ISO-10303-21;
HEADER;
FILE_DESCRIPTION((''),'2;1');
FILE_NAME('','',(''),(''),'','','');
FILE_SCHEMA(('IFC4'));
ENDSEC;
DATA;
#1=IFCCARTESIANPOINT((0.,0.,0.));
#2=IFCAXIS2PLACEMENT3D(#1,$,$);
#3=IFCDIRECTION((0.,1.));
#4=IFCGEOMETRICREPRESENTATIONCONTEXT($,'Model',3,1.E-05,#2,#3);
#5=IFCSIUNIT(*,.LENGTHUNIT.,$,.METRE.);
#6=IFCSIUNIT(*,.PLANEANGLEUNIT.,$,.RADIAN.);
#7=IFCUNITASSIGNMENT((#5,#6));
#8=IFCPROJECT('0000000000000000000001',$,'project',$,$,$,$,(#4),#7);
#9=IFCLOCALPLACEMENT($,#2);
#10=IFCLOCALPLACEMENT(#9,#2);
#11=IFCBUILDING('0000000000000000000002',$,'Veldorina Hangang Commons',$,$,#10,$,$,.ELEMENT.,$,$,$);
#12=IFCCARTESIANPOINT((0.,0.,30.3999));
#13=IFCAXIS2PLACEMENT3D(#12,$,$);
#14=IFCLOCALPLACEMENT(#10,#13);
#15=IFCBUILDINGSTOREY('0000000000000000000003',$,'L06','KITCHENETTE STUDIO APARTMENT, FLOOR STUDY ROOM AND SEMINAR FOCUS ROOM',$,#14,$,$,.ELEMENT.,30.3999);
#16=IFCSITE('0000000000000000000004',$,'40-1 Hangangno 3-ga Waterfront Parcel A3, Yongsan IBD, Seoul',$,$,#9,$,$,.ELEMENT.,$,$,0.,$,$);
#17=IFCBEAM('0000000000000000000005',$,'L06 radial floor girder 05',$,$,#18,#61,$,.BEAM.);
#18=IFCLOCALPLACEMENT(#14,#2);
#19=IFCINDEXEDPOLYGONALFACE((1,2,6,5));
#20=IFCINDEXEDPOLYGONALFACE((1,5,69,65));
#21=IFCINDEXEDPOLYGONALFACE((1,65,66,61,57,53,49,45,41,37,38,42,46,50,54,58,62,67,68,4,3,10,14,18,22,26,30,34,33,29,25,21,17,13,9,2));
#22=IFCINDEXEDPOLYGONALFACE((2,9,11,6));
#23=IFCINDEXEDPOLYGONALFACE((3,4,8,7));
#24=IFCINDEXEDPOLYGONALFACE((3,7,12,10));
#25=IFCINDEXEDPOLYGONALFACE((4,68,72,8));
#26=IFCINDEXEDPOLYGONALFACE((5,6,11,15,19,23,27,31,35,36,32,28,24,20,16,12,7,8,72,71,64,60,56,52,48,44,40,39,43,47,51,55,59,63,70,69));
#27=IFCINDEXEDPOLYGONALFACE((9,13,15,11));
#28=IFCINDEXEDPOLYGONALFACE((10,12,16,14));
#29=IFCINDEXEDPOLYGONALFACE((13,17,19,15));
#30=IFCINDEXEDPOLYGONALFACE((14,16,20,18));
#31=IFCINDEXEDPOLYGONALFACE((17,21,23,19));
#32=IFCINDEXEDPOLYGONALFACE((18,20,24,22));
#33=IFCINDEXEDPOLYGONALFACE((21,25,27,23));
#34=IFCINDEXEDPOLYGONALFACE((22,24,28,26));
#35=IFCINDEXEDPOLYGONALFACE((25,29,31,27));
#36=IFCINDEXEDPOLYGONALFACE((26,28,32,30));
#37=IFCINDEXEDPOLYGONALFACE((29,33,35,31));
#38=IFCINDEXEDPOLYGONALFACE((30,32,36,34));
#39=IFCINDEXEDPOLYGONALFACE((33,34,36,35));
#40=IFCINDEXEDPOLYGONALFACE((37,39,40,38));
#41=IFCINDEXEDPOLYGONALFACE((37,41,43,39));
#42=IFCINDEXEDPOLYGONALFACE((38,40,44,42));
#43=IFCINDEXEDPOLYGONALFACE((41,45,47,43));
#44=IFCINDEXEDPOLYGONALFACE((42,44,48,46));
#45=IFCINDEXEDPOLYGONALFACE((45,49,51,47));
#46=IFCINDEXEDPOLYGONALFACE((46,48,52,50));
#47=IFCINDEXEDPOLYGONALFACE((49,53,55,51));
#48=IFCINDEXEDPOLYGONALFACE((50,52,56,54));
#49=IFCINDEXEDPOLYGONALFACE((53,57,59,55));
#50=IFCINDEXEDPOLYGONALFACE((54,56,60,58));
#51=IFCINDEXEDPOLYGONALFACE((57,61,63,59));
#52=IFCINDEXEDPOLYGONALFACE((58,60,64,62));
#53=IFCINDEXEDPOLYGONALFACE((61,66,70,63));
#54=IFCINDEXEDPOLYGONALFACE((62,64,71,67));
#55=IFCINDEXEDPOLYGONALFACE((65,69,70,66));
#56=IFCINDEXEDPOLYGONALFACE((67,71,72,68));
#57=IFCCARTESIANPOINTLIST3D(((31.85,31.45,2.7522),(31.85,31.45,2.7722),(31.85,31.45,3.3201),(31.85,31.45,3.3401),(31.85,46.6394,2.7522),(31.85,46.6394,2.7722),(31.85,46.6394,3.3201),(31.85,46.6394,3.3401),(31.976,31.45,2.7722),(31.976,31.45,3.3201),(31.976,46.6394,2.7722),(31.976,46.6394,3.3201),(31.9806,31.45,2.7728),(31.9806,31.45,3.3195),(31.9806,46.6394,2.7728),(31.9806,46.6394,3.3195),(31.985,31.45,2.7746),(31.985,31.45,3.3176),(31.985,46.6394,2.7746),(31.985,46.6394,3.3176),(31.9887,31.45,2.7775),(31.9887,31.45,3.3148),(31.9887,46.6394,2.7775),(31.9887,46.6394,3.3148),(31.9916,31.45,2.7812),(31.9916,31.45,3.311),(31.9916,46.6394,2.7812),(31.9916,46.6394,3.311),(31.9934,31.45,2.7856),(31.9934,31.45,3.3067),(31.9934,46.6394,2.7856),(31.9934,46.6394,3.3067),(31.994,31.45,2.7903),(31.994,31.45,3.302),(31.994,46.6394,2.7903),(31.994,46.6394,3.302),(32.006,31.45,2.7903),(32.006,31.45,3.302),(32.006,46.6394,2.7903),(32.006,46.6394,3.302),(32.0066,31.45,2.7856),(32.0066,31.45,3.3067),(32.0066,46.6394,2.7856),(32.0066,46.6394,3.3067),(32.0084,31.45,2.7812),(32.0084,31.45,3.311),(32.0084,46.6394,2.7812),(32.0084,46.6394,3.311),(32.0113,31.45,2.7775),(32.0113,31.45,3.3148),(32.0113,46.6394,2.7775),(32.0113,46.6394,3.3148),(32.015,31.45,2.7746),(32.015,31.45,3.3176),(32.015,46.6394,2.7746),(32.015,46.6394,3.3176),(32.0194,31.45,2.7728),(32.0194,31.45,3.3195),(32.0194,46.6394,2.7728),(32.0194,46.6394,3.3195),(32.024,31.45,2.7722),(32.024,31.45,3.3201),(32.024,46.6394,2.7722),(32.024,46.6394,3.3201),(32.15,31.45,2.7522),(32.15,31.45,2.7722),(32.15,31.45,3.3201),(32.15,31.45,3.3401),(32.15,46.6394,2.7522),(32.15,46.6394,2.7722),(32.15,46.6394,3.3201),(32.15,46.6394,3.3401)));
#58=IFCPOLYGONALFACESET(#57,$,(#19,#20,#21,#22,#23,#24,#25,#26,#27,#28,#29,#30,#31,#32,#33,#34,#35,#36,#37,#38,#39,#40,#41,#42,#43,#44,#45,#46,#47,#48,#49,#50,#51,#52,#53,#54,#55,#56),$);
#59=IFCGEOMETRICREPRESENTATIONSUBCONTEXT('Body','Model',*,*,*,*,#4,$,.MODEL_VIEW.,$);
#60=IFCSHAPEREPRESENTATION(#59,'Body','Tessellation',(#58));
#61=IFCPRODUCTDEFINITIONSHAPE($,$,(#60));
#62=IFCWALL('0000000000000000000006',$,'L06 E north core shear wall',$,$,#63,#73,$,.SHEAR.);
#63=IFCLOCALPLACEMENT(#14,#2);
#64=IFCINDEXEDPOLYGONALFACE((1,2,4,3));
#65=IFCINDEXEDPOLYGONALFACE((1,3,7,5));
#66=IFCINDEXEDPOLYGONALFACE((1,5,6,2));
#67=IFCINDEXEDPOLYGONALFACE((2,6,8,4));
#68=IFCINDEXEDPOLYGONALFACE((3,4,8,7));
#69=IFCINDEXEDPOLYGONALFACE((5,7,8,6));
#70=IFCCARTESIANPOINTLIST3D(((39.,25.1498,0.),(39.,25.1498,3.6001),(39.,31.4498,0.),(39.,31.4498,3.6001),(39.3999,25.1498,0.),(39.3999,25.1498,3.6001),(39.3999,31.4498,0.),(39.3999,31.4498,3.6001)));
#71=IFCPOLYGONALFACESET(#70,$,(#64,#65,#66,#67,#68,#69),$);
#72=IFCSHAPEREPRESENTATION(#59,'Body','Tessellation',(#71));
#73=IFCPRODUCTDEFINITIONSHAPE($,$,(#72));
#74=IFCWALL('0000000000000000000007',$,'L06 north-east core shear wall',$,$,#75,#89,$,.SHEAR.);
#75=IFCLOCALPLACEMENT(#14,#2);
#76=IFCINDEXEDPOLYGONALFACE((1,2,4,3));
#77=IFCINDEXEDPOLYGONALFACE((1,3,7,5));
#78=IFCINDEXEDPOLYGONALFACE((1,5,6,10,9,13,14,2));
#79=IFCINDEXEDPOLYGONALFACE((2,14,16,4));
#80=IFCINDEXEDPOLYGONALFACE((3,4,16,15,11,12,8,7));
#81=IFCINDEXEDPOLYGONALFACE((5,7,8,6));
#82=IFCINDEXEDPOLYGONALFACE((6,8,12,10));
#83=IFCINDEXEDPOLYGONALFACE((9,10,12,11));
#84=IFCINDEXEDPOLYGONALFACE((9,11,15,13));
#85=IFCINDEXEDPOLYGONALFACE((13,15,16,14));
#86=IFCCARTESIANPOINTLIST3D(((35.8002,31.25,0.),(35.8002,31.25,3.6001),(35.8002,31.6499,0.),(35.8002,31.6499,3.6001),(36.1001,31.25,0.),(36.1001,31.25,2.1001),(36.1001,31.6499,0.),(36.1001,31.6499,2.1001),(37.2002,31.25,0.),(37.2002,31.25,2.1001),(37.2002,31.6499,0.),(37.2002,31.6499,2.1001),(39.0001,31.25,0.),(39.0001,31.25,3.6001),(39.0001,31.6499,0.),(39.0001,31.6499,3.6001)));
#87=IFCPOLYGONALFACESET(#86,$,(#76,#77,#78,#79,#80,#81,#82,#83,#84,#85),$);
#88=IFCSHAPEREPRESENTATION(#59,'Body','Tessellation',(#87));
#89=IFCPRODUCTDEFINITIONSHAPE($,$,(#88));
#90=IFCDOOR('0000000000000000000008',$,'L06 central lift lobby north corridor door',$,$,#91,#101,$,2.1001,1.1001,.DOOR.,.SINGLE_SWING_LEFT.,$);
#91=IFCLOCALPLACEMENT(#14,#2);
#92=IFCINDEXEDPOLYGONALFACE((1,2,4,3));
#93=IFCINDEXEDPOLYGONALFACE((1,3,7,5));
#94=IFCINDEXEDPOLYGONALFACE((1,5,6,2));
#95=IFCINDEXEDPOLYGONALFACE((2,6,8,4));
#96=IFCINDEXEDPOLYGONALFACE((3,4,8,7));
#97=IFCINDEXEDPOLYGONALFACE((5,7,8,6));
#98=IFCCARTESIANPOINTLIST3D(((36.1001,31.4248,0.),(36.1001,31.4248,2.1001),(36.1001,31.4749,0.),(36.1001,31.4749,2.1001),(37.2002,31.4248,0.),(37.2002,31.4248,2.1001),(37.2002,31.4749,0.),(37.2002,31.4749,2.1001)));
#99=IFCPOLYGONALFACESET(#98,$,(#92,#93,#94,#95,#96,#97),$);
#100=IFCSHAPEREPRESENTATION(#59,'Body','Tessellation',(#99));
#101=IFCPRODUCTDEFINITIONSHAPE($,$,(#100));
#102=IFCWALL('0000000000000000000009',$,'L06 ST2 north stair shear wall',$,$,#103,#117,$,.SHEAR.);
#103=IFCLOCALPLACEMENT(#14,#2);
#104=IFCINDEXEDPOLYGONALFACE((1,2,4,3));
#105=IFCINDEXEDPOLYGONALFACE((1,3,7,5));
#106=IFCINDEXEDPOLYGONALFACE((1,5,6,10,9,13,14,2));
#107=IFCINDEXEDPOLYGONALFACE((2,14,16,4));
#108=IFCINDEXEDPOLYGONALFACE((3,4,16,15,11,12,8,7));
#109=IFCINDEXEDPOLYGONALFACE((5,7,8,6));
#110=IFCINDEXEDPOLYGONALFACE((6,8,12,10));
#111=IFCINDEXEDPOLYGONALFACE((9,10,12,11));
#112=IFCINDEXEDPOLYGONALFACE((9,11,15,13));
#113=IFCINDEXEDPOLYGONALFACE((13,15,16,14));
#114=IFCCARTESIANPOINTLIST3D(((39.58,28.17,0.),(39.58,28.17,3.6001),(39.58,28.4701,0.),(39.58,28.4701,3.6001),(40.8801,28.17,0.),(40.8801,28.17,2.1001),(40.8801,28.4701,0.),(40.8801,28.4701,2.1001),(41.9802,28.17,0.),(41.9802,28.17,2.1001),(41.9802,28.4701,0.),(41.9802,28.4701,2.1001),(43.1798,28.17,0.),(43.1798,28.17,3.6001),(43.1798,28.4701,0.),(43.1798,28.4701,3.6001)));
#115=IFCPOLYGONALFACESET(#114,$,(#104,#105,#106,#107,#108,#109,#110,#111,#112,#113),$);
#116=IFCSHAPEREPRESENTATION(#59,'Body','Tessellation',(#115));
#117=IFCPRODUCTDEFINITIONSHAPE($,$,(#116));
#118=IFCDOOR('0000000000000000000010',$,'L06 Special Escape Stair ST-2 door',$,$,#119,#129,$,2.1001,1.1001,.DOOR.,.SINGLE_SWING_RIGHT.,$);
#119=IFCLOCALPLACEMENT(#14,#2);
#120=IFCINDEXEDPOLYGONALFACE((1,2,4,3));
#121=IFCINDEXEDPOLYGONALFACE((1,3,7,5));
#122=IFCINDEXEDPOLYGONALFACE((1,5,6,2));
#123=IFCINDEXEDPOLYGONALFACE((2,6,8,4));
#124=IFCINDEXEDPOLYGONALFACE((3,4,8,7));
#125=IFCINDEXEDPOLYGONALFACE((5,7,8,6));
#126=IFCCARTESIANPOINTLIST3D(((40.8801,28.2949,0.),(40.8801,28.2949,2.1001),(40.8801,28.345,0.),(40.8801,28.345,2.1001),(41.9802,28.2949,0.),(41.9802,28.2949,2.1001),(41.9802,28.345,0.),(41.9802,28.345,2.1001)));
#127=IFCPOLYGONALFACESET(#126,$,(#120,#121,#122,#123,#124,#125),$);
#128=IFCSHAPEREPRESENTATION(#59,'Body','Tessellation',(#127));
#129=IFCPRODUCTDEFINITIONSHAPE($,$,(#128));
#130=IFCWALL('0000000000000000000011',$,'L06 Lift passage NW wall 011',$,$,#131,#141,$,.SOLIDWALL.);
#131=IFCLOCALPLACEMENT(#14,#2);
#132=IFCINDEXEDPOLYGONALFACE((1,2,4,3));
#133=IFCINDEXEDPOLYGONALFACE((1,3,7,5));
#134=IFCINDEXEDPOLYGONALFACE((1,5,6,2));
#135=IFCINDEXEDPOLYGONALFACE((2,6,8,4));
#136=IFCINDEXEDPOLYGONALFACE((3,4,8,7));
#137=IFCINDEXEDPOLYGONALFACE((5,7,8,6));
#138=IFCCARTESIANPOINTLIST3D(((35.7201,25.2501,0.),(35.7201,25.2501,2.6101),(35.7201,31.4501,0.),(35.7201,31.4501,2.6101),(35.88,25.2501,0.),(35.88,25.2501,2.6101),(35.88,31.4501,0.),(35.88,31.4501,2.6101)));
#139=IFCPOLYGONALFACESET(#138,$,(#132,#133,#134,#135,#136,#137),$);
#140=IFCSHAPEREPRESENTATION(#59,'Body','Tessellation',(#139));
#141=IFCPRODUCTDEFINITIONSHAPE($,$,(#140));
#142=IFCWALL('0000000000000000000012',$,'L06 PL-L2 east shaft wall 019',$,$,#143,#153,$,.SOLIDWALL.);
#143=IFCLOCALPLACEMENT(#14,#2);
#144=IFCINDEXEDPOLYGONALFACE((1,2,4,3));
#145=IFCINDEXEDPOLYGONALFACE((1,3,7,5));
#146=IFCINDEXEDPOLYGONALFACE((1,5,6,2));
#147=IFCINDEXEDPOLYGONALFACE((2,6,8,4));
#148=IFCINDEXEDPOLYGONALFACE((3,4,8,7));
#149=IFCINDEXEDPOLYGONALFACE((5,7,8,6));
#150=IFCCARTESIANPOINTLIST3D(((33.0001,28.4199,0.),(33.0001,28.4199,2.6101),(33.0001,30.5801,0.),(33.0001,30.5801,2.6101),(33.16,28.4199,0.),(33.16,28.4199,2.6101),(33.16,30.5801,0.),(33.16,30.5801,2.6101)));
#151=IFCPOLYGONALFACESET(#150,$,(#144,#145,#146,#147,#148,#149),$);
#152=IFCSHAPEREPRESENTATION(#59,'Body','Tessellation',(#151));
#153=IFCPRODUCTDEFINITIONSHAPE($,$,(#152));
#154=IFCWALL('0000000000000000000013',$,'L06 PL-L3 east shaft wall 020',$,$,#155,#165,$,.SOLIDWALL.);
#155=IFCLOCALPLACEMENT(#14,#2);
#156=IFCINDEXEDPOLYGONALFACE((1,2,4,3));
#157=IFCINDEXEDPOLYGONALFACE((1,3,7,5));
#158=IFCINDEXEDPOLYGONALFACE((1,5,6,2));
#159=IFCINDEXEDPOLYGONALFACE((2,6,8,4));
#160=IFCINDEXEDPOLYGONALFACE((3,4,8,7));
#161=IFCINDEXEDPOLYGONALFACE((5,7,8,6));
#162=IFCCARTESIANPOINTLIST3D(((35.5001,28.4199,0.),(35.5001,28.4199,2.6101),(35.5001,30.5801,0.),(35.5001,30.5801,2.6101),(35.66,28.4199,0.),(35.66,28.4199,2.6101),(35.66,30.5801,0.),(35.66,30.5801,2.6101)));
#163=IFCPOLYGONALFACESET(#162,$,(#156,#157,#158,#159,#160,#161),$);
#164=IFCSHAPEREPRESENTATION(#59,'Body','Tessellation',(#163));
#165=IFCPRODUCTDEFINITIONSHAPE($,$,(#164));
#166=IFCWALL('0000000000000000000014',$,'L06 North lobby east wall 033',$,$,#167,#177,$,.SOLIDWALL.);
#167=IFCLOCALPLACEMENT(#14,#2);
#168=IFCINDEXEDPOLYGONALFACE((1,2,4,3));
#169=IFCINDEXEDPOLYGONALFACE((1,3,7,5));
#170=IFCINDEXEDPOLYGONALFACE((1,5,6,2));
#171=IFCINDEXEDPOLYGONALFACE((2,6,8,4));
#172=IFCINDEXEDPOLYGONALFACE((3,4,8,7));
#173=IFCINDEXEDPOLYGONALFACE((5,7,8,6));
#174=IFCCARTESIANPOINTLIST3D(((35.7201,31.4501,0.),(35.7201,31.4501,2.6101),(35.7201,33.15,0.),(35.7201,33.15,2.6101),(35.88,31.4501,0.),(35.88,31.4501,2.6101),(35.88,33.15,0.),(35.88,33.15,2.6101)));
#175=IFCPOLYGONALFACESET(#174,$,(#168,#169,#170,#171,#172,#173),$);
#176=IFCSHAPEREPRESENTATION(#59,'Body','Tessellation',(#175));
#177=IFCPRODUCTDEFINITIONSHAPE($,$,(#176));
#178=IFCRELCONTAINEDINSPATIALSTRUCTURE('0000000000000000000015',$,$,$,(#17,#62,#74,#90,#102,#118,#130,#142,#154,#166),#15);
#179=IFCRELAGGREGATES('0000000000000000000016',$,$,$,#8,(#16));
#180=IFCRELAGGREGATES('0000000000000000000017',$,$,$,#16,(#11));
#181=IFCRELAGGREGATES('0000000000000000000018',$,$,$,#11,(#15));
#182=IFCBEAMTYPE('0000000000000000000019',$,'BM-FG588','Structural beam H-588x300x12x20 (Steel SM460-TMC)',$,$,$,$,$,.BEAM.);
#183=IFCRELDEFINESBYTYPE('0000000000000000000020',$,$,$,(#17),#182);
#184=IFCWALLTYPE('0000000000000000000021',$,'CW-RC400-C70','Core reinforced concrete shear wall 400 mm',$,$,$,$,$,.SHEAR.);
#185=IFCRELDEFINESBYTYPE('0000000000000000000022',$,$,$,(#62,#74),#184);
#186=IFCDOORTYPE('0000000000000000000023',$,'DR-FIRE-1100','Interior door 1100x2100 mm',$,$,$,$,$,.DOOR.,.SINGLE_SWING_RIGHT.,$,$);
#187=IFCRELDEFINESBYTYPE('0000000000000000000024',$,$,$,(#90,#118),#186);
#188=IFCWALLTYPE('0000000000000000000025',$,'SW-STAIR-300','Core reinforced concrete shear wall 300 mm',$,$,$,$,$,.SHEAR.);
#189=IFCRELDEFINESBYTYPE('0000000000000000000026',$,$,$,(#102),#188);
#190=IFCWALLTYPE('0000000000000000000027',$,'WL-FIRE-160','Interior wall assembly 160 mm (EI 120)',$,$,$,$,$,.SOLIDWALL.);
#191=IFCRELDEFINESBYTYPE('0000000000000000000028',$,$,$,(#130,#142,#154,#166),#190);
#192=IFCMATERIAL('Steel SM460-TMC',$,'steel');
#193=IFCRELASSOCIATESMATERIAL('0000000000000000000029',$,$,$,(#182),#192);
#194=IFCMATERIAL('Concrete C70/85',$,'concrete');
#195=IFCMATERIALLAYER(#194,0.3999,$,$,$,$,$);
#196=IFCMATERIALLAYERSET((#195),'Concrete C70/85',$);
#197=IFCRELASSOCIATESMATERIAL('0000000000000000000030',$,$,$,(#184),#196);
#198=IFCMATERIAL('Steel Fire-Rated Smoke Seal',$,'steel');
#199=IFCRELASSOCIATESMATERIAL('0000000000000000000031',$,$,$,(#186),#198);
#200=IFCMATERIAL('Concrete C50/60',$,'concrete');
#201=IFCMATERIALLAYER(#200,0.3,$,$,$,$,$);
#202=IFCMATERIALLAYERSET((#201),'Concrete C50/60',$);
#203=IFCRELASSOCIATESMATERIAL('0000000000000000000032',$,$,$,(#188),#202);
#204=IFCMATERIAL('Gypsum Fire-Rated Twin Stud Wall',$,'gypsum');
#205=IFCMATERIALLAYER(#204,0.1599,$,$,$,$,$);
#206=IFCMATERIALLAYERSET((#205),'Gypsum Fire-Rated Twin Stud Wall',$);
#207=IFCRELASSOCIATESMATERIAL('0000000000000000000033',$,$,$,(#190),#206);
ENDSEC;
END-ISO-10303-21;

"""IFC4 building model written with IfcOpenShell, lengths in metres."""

from ifc_helpers import new_model, si_unit, direction, frame, frame_2d, origin, origin_2d, place, context, subcontext, project, spatial, rectangle, i_section, extrude, material, layer, layer_set, material_profile, profile_set, type_object, element, fill, save


model = new_model("IFC4")

# Units and contexts
model_context = context("Model", 3, precision=1e-05, world=origin(), true_north=direction((0.0, 1.0)))
body_context = subcontext(model_context, "Body", "Model", "MODEL_VIEW")
ifc_project = project(units=[si_unit("LENGTHUNIT", "METRE"), si_unit("PLANEANGLEUNIT", "RADIAN")], contexts=[model_context])

# Site, building, storey
site_placement = place(None, origin())
site = spatial("IfcSite", under=ifc_project, at=site_placement, Name="40-1 Hangangno 3-ga Waterfront Parcel A3, Yongsan IBD, Seoul", CompositionType="ELEMENT", RefElevation=0.0)
building_placement = place(site_placement, origin())
building = spatial("IfcBuilding", under=site, at=building_placement, Name="Veldorina Hangang Commons", CompositionType="ELEMENT")
storey_placement = place(building_placement, frame((0.0, 0.0, 30.3999)))
storey = spatial("IfcBuildingStorey", under=building, at=storey_placement, Name="L06", Description="KITCHENETTE STUDIO APARTMENT, FLOOR STUDY ROOM AND SEMINAR FOCUS ROOM", CompositionType="ELEMENT", Elevation=30.3999)

# Beam
ifc_material_1 = material(Name="Steel SM460-TMC", Category="steel")
ifc_material_profile = material_profile(ifc_material_1, i_section(OverallWidth=0.3, OverallDepth=0.5879, WebThickness=0.012, FlangeThickness=0.02, FilletRadius=0.0181, at=origin_2d()), Name="H-588x300x12x20")
ifc_profile_set = profile_set([ifc_material_profile], Name="Steel SM460-TMC")
beam_type = type_object("IfcBeamType", Name="BM-FG588", Description="Structural beam H-588x300x12x20 (Steel SM460-TMC)", PredefinedType="BEAM", material=ifc_profile_set)
beam_1_placement = place(storey_placement, frame((32.0, 31.45, 3.0461), z_axis=(0.0, 1.0, 0.0), x_axis=(-1.0, 0.0, 0.0)))
element("IfcBeam", 1, at=beam_1_placement, inside=storey, type_object=beam_type, Name="L06 radial floor girder 05", PredefinedType="BEAM", context=body_context, shape_type="SweptSolid", body=[
    extrude(i_section(OverallWidth=0.3, OverallDepth=0.5879, WebThickness=0.012, FlangeThickness=0.02, FilletRadius=0.0181, at=origin_2d()), origin(), (0.0, 0.0, 1.0), 15.1895),
])

# Wall
ifc_material_2 = material(Name="Concrete C70/85", Category="concrete")
ifc_layer_1 = layer(ifc_material_2, 0.3999)
ifc_layer_set_1 = layer_set([ifc_layer_1], Name="Concrete C70/85")
wall_type_1 = type_object("IfcWallType", Name="CW-RC400-C70", Description="Core reinforced concrete shear wall 400 mm", PredefinedType="SHEAR", material=ifc_layer_set_1)
wall_1_placement = place(storey_placement, frame((39.2, 25.1499, 0.0), z_axis=(0.0, 0.0, 1.0), x_axis=(0.0, 1.0, 0.0)))
element("IfcWall", 2, at=wall_1_placement, inside=storey, type_object=wall_type_1, Name="L06 E north core shear wall", PredefinedType="SHEAR", context=body_context, shape_type="SweptSolid", body=[
    extrude(rectangle(XDim=6.3, YDim=0.3999, at=frame_2d((3.1499, 0.0))), origin(), (0.0, 0.0, 1.0), 3.6001),
])

# Walls, openings, doors
wall_2_placement = place(storey_placement, frame((35.8, 31.45, 0.0), z_axis=(0.0, 0.0, 1.0), x_axis=(1.0, 0.0, 0.0)))
wall_2 = element("IfcWall", 3, at=wall_2_placement, inside=storey, type_object=wall_type_1, Name="L06 north-east core shear wall", PredefinedType="SHEAR", context=body_context, shape_type="SweptSolid", body=[
    extrude(rectangle(XDim=3.2, YDim=0.3999, at=frame_2d((1.6001, 0.0))), origin(), (0.0, 0.0, 1.0), 3.6001),
])
opening_1_placement = place(wall_2_placement, frame((0.3, 0.0, 0.0)))
opening_1 = element("IfcOpeningElement", 4, at=opening_1_placement, cuts=wall_2, PredefinedType="OPENING", context=body_context, shape_type="SweptSolid", body=[
    extrude(rectangle(XDim=1.1001, YDim=2.1001, at=frame_2d((0.55, 1.05))), frame((0.0, 0.21, 0.0), z_axis=(0.0, -1.0, 0.0), x_axis=(1.0, 0.0, 0.0)), (0.0, 0.0, 1.0), 0.4199),
])
ifc_material_3 = material(Name="Steel Fire-Rated Smoke Seal", Category="steel")
door_type_1 = type_object("IfcDoorType", Name="DR-FIRE-1100", Description="Interior door 1100x2100 mm", OperationType="SINGLE_SWING_RIGHT", PredefinedType="DOOR", material=ifc_material_3)
door_1_placement = place(opening_1_placement, origin())
door_1 = element("IfcDoor", 5, at=door_1_placement, inside=storey, type_object=door_type_1, Name="L06 central lift lobby north corridor door", OperationType="SINGLE_SWING_LEFT", OverallHeight=2.1001, OverallWidth=1.1001, PredefinedType="DOOR", context=body_context, shape_type="SweptSolid", body=[
    extrude(rectangle(XDim=1.1001, YDim=2.1001, at=frame_2d((0.55, 1.05))), frame((0.0, 0.0249, 0.0), z_axis=(0.0, -1.0, 0.0), x_axis=(1.0, 0.0, 0.0)), (0.0, 0.0, 1.0), 0.05),
])
fill(opening_1, door_1)
ifc_material_4 = material(Name="Concrete C50/60", Category="concrete")
ifc_layer_2 = layer(ifc_material_4, 0.3)
ifc_layer_set_2 = layer_set([ifc_layer_2], Name="Concrete C50/60")
wall_type_2 = type_object("IfcWallType", Name="SW-STAIR-300", Description="Core reinforced concrete shear wall 300 mm", PredefinedType="SHEAR", material=ifc_layer_set_2)
wall_3_placement = place(storey_placement, frame((39.5801, 28.3201, 0.0), z_axis=(0.0, 0.0, 1.0), x_axis=(1.0, 0.0, 0.0)))
wall_3 = element("IfcWall", 6, at=wall_3_placement, inside=storey, type_object=wall_type_2, Name="L06 ST2 north stair shear wall", PredefinedType="SHEAR", context=body_context, shape_type="SweptSolid", body=[
    extrude(rectangle(XDim=3.5999, YDim=0.3, at=frame_2d((1.7998, 0.0))), origin(), (0.0, 0.0, 1.0), 3.6001),
])
opening_2_placement = place(wall_3_placement, frame((1.3, 0.0, 0.0)))
opening_2 = element("IfcOpeningElement", 7, at=opening_2_placement, cuts=wall_3, PredefinedType="OPENING", context=body_context, shape_type="SweptSolid", body=[
    extrude(rectangle(XDim=1.1001, YDim=2.1001, at=frame_2d((0.55, 1.05))), frame((0.0, 0.1602, 0.0), z_axis=(0.0, -1.0, 0.0), x_axis=(1.0, 0.0, 0.0)), (0.0, 0.0, 1.0), 0.3201),
])
door_2_placement = place(opening_2_placement, origin())
door_2 = element("IfcDoor", 8, at=door_2_placement, inside=storey, type_object=door_type_1, Name="L06 Special Escape Stair ST-2 door", OperationType="SINGLE_SWING_RIGHT", OverallHeight=2.1001, OverallWidth=1.1001, PredefinedType="DOOR", context=body_context, shape_type="SweptSolid", body=[
    extrude(rectangle(XDim=1.1001, YDim=2.1001, at=frame_2d((0.55, 1.05))), frame((0.0, 0.0249, 0.0), z_axis=(0.0, -1.0, 0.0), x_axis=(1.0, 0.0, 0.0)), (0.0, 0.0, 1.0), 0.05),
])
fill(opening_2, door_2)

# Walls
ifc_material_5 = material(Name="Gypsum Fire-Rated Twin Stud Wall", Category="gypsum")
ifc_layer_3 = layer(ifc_material_5, 0.1599)
ifc_layer_set_3 = layer_set([ifc_layer_3], Name="Gypsum Fire-Rated Twin Stud Wall")
wall_type_3 = type_object("IfcWallType", Name="WL-FIRE-160", Description="Interior wall assembly 160 mm (EI 120)", PredefinedType="SOLIDWALL", material=ifc_layer_set_3)
wall_4_placement = place(storey_placement, frame((35.8, 25.25, 0.0), z_axis=(0.0, 0.0, 1.0), x_axis=(0.0, 1.0, 0.0)))
element("IfcWall", 9, at=wall_4_placement, inside=storey, type_object=wall_type_3, Name="L06 Lift passage NW wall 011", PredefinedType="SOLIDWALL", context=body_context, shape_type="SweptSolid", body=[
    extrude(rectangle(XDim=6.2, YDim=0.1599, at=frame_2d((3.1001, 0.0))), origin(), (0.0, 0.0, 1.0), 2.6101),
])
for number, where, z_axis, x_axis, name in (
    (10, (33.0801, 28.4199, 0.0), (0.0, 0.0, 1.0), (0.0, 1.0, 0.0), "L06 PL-L2 east shaft wall 019"),
    (11, (35.5801, 28.4199, 0.0), (0.0, 0.0, 1.0), (0.0, 1.0, 0.0), "L06 PL-L3 east shaft wall 020"),
):
    element("IfcWall", number, at=place(storey_placement, frame(where, z_axis=z_axis, x_axis=x_axis)), inside=storey, type_object=wall_type_3, Name=name, PredefinedType="SOLIDWALL", context=body_context, shape_type="SweptSolid", body=[
        extrude(rectangle(XDim=2.1602, YDim=0.1599, at=frame_2d((1.0801, 0.0))), origin(), (0.0, 0.0, 1.0), 2.6101),
    ])
wall_5_placement = place(storey_placement, frame((35.8, 31.45, 0.0), z_axis=(0.0, 0.0, 1.0), x_axis=(0.0, 1.0, 0.0)))
element("IfcWall", 12, at=wall_5_placement, inside=storey, type_object=wall_type_3, Name="L06 North lobby east wall 033", PredefinedType="SOLIDWALL", context=body_context, shape_type="SweptSolid", body=[
    extrude(rectangle(XDim=1.7, YDim=0.1599, at=frame_2d((0.8501, 0.0))), origin(), (0.0, 0.0, 1.0), 2.6101),
])

save(model, "model.ifc")
